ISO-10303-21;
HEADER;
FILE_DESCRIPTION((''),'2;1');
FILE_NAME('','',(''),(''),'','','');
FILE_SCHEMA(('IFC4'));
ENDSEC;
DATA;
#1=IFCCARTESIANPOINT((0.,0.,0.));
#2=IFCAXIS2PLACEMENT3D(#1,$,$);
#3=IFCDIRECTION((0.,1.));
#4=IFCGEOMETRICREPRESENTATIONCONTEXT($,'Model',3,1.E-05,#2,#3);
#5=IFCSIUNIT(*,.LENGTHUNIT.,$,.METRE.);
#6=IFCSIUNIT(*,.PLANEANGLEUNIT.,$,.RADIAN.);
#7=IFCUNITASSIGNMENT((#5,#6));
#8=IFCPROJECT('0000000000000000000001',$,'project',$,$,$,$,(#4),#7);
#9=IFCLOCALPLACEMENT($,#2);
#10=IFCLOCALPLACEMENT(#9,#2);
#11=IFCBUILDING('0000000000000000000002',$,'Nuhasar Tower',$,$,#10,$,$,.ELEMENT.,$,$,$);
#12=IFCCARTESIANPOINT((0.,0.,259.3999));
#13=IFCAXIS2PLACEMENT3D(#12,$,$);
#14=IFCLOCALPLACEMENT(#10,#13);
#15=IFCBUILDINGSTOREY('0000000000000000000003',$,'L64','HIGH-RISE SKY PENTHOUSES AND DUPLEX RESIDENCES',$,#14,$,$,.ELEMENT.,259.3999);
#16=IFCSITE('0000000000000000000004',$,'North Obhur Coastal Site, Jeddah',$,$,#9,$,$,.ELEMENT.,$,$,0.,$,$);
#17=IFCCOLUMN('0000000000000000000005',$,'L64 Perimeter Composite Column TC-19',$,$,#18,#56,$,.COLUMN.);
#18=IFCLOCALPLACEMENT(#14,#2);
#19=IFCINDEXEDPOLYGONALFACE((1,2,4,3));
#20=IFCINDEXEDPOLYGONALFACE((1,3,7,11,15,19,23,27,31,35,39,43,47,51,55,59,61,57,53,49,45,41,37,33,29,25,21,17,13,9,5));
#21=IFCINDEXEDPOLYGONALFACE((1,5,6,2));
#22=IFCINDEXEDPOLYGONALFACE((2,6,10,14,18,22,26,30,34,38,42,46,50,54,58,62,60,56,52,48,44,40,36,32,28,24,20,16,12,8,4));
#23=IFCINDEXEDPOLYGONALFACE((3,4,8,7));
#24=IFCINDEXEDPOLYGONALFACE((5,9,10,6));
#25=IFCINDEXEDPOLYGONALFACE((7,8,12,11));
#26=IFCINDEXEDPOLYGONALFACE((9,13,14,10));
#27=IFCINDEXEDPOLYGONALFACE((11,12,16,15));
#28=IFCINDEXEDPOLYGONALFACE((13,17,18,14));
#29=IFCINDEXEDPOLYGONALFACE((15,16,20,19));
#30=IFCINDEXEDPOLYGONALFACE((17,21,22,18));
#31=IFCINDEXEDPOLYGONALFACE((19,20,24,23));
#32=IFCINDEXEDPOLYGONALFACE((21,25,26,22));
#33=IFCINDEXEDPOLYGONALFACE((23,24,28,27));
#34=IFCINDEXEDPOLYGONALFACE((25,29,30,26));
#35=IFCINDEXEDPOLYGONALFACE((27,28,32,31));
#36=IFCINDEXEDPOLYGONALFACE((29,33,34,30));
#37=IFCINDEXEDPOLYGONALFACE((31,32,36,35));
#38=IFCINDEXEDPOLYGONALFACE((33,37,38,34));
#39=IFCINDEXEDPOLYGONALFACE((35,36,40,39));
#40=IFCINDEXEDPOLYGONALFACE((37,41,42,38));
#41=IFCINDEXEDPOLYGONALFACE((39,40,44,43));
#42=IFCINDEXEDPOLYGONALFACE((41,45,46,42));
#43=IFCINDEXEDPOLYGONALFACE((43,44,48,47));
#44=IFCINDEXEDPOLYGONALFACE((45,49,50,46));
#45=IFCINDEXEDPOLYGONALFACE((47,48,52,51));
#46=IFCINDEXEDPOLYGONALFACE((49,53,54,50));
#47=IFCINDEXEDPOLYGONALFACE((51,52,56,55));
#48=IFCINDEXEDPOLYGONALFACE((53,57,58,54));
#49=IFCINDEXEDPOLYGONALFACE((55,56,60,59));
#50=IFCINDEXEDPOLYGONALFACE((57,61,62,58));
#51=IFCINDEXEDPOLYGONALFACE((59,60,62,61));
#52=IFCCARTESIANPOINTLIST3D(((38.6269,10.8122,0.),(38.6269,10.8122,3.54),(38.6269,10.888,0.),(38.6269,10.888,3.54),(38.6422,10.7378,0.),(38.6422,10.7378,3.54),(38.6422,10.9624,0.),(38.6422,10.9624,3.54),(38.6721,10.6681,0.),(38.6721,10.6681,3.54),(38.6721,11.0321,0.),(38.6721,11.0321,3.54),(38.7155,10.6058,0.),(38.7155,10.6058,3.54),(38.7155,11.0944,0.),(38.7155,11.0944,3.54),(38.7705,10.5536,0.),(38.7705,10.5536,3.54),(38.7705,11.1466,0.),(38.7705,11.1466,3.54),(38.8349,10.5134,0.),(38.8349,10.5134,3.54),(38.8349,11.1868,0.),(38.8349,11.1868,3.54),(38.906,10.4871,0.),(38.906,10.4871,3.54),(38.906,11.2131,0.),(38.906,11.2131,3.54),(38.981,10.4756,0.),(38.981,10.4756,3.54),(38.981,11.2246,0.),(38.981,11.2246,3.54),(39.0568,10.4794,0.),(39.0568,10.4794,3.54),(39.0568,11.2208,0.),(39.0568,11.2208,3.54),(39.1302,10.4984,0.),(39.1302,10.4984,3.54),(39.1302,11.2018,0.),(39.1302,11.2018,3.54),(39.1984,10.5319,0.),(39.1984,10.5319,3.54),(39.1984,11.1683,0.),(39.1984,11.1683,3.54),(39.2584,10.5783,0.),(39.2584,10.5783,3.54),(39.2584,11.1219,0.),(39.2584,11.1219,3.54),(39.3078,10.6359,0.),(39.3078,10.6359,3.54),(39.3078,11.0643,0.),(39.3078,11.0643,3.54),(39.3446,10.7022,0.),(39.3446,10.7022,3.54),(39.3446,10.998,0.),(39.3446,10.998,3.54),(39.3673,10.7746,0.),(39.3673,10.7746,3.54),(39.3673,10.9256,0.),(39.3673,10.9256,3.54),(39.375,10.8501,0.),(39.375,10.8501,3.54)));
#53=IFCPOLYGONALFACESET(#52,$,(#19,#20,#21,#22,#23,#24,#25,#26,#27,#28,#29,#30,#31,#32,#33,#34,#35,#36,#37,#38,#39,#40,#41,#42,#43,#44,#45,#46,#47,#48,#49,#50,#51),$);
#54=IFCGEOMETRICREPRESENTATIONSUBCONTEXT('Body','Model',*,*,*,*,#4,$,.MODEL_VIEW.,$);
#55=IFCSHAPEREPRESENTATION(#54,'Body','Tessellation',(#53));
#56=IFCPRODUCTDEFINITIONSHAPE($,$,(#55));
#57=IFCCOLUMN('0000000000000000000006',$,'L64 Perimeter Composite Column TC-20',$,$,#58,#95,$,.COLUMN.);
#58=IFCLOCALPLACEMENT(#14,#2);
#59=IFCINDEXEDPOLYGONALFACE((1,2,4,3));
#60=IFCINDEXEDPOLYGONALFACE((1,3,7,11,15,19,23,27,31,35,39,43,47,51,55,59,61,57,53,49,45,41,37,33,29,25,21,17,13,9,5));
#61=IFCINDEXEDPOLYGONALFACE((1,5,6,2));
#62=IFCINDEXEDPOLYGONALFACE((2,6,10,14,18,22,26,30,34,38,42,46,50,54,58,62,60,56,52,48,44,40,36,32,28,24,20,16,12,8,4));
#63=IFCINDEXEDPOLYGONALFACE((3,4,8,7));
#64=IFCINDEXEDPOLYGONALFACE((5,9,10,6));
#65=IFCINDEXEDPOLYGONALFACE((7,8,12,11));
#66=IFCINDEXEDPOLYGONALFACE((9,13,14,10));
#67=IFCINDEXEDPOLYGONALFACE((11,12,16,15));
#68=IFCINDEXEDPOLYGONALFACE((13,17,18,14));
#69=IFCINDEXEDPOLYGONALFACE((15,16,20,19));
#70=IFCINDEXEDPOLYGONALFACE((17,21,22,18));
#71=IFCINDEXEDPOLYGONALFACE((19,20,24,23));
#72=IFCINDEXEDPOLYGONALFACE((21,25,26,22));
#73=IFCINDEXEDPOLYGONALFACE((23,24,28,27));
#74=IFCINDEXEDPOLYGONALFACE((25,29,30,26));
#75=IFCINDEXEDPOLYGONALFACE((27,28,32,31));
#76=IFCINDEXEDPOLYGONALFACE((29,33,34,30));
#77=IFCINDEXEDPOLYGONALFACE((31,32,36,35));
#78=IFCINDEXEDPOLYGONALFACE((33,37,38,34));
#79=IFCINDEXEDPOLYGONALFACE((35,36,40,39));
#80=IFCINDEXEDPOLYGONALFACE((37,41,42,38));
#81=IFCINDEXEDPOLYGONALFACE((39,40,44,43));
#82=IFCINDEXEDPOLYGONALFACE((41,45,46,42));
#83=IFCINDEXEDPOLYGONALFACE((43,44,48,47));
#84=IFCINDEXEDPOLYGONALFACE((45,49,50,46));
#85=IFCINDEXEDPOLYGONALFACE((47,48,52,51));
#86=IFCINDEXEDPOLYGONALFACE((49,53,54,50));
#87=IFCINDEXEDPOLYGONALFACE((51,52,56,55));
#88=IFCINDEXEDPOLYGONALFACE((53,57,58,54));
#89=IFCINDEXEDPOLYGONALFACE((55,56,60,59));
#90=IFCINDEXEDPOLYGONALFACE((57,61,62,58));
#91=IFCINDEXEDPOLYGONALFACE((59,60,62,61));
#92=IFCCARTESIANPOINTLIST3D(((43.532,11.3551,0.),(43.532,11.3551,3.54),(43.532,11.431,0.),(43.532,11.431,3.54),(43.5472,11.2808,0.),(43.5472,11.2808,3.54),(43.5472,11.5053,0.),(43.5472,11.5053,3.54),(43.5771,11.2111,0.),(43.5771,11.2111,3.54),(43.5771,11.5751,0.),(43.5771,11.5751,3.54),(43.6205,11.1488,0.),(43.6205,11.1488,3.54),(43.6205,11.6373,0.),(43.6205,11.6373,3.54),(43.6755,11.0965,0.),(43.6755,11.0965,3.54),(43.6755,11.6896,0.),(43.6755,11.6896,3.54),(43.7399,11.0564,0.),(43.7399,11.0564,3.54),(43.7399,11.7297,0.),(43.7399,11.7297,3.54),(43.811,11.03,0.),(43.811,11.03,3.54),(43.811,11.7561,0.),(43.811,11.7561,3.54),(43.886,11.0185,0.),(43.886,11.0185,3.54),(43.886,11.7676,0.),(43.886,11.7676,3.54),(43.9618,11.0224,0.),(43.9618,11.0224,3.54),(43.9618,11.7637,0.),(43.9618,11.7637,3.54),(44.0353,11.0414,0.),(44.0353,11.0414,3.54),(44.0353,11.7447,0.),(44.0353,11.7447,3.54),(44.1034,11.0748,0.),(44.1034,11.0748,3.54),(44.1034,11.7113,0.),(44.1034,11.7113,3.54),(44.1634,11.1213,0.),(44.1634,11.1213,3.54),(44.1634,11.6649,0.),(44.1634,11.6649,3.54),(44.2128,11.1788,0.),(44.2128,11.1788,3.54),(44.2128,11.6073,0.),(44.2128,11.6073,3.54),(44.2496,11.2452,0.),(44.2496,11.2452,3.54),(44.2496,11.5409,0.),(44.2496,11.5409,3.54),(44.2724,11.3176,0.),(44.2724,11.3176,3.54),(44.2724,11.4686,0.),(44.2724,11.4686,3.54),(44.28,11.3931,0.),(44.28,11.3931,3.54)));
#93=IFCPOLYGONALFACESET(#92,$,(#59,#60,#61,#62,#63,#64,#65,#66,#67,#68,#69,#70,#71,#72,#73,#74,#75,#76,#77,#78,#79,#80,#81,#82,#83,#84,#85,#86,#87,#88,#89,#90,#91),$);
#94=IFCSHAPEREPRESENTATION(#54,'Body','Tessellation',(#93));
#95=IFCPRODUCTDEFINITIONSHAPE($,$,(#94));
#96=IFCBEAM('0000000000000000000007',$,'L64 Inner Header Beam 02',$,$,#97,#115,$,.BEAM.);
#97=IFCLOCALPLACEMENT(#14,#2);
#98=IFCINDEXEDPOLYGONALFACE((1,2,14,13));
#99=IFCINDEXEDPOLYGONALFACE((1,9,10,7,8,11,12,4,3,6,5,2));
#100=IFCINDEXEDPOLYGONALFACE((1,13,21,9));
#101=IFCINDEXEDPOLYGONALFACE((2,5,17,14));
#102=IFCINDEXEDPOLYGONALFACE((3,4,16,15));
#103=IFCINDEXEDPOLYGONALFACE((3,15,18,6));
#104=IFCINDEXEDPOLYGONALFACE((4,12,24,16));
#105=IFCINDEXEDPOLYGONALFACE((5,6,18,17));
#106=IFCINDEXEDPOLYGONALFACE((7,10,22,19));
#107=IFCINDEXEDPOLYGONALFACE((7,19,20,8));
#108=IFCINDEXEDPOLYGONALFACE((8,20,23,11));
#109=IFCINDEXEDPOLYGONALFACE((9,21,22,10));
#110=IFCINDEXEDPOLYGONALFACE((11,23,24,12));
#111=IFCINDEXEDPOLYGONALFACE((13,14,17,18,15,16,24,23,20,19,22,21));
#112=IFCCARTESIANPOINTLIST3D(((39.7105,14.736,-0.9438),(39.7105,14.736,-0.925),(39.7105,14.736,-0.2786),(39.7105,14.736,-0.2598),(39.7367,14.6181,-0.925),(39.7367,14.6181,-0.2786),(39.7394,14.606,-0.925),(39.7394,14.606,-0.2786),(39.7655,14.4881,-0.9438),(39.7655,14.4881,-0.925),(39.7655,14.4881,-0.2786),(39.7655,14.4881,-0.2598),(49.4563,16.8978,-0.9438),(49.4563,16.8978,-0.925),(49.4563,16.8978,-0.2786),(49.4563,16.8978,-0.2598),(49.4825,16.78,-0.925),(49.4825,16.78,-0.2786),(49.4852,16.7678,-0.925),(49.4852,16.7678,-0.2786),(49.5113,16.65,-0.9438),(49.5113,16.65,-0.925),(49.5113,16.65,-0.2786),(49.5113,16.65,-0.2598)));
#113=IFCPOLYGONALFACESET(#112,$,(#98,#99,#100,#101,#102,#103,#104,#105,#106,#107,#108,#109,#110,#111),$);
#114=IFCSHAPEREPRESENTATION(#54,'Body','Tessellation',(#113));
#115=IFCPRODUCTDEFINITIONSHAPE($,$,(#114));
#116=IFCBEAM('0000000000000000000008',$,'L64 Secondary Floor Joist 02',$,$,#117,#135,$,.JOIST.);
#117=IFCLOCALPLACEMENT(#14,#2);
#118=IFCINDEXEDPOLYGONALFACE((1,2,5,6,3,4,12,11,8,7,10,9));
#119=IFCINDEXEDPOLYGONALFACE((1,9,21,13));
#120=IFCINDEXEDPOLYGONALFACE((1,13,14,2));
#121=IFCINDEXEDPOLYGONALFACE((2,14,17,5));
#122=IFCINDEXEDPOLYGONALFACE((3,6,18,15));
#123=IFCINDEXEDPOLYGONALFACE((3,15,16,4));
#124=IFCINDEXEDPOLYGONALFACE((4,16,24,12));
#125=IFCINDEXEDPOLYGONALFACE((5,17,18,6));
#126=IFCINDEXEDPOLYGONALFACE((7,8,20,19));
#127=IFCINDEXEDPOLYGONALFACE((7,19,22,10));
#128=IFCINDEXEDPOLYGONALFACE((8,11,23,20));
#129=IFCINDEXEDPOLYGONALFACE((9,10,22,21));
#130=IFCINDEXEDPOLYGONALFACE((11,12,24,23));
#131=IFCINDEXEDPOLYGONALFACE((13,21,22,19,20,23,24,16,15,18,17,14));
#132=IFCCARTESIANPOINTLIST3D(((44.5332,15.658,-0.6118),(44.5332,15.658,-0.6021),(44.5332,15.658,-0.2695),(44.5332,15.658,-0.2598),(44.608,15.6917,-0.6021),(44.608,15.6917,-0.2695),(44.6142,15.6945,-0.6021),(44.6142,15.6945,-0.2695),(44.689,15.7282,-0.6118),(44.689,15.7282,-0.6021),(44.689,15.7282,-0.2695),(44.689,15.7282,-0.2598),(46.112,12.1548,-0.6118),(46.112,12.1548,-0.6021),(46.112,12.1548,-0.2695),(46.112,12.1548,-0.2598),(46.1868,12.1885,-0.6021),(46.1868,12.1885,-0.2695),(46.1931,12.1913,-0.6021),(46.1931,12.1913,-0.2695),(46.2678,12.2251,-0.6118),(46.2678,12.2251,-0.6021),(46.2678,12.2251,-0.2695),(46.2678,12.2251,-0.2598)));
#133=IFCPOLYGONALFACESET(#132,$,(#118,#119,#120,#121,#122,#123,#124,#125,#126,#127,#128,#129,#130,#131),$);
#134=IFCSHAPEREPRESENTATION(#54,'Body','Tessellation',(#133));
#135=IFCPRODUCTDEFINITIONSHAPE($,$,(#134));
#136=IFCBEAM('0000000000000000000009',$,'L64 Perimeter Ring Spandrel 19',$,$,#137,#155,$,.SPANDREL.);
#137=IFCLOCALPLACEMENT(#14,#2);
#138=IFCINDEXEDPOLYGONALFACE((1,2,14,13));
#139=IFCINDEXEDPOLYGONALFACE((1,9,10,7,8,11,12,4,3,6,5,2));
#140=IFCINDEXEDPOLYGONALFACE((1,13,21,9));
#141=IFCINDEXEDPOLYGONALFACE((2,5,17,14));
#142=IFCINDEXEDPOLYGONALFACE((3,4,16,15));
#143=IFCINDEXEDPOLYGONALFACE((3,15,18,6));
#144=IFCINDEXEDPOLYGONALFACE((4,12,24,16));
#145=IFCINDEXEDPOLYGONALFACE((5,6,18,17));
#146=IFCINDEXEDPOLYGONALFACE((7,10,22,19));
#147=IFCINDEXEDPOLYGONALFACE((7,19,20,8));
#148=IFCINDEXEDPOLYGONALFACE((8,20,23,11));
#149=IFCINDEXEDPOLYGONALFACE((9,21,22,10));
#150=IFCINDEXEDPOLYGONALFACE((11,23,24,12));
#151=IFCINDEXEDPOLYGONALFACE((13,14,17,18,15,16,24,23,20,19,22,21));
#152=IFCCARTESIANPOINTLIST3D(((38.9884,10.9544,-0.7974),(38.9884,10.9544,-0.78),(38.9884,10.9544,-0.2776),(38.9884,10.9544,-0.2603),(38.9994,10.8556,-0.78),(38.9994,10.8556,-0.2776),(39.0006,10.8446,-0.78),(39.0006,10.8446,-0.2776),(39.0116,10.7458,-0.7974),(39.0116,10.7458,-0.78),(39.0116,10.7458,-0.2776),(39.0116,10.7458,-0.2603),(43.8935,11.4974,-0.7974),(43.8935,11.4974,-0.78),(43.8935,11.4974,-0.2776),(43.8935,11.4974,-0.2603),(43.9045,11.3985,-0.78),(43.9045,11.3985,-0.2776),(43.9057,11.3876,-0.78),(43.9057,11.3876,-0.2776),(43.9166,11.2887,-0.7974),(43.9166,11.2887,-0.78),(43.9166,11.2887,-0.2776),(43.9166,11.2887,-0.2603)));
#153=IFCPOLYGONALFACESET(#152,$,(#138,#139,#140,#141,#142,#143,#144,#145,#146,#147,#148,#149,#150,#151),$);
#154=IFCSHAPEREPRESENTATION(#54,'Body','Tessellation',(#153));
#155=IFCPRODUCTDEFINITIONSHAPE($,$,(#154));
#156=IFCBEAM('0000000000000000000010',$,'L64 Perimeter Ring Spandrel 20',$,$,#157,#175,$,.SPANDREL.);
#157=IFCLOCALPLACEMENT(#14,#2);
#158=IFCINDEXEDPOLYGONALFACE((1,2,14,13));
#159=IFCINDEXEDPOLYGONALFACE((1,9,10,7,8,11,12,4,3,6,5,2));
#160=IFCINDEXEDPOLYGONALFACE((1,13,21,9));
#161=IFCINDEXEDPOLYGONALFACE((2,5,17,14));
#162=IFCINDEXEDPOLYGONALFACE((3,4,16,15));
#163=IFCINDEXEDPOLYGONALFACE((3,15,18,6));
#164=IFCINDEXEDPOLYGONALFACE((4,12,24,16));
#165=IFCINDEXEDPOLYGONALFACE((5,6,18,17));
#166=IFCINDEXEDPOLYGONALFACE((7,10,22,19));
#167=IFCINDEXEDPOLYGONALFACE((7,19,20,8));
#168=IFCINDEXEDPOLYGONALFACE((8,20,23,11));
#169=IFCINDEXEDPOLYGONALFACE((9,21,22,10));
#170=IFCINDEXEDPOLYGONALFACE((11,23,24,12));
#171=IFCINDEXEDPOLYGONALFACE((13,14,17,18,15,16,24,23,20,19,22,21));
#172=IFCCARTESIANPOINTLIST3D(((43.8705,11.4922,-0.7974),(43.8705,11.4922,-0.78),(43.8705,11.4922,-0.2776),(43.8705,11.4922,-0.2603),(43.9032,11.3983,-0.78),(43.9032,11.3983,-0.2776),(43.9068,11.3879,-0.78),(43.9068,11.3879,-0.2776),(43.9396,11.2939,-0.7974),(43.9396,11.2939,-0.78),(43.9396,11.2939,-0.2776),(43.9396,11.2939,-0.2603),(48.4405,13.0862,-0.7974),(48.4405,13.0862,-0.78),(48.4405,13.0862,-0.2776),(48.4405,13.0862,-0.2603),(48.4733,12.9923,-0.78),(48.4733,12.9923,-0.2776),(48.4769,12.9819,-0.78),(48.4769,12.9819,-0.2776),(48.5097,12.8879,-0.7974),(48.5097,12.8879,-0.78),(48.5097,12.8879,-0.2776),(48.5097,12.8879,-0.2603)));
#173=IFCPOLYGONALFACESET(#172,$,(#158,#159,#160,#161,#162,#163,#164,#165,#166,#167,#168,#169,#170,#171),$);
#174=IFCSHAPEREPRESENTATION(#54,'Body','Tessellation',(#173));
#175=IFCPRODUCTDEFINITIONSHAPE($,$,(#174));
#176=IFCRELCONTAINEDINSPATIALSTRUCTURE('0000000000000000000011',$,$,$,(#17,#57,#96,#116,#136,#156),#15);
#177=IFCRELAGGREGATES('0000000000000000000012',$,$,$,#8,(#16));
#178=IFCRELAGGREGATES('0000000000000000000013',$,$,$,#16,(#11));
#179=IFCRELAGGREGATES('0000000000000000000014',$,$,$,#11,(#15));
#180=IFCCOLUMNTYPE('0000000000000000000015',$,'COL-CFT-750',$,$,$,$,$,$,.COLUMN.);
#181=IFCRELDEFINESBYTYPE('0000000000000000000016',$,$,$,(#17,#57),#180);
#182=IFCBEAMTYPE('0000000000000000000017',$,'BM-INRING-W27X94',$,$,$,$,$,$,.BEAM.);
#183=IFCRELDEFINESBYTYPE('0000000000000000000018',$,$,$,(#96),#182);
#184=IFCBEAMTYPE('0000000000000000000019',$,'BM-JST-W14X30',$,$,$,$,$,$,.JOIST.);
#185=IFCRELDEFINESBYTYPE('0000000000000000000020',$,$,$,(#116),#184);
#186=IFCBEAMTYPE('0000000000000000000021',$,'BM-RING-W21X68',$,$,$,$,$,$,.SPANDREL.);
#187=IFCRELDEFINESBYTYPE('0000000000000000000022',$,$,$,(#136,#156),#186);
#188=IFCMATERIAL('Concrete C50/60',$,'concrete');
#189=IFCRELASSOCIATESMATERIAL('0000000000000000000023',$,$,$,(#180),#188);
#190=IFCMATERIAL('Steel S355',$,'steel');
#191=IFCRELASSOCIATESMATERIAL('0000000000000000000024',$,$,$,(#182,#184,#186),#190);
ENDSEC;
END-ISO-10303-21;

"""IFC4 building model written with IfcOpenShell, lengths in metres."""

from ifc_helpers import new_model, si_unit, direction, frame, origin, origin_2d, place, context, subcontext, project, spatial, circle, i_section, extrude, material, material_profile, profile_set, type_object, element, save


model = new_model("IFC4")

# Units and contexts
model_context = context("Model", 3, precision=1e-05, world=origin(), true_north=direction((0.0, 1.0)))
body_context = subcontext(model_context, "Body", "Model", "MODEL_VIEW")
ifc_project = project(units=[si_unit("LENGTHUNIT", "METRE"), si_unit("PLANEANGLEUNIT", "RADIAN")], contexts=[model_context])

# Site, building, storey
site_placement = place(None, origin())
site = spatial("IfcSite", under=ifc_project, at=site_placement, Name="North Obhur Coastal Site, Jeddah", CompositionType="ELEMENT", RefElevation=0.0)
building_placement = place(site_placement, origin())
building = spatial("IfcBuilding", under=site, at=building_placement, Name="Nuhasar Tower", CompositionType="ELEMENT")
storey_placement = place(building_placement, frame((0.0, 0.0, 259.3999)))
storey = spatial("IfcBuildingStorey", under=building, at=storey_placement, Name="L64", Description="HIGH-RISE SKY PENTHOUSES AND DUPLEX RESIDENCES", CompositionType="ELEMENT", Elevation=259.3999)

# Columns
ifc_material_1 = material(Name="Concrete C50/60", Category="concrete")
ifc_material_profile_1 = material_profile(ifc_material_1, circle(Radius=0.375, at=origin_2d()), Name="CFT750")
ifc_profile_set_1 = profile_set([ifc_material_profile_1], Name="Concrete C50/60")
column_type = type_object("IfcColumnType", Name="COL-CFT-750", PredefinedType="COLUMN", material=ifc_profile_set_1)
for number, where, z_axis, x_axis, name in (
    (1, (39.0, 10.8501, 0.0), (0.0, 0.0, 1.0), (1.0, 0.0, 0.0), "L64 Perimeter Composite Column TC-19"),
    (2, (43.905, 11.3931, 0.0), (0.0, 0.0, 1.0), (1.0, 0.0, 0.0), "L64 Perimeter Composite Column TC-20"),
):
    element("IfcColumn", number, at=place(storey_placement, frame(where, z_axis=z_axis, x_axis=x_axis)), inside=storey, type_object=column_type, Name=name, PredefinedType="COLUMN", context=body_context, shape_type="SweptSolid", body=[
        extrude(circle(Radius=0.375, at=origin_2d()), origin(), (0.0, 0.0, 1.0), 3.54),
    ])

# Beams
ifc_material_2 = material(Name="Steel S355", Category="steel")
ifc_material_profile_2 = material_profile(ifc_material_2, i_section(OverallWidth=0.2539, OverallDepth=0.6841, WebThickness=0.0125, FlangeThickness=0.0188, at=origin_2d()), Name="W27X94")
ifc_profile_set_2 = profile_set([ifc_material_profile_2], Name="Steel S355")
beam_type_1 = type_object("IfcBeamType", Name="BM-INRING-W27X94", PredefinedType="BEAM", material=ifc_profile_set_2)
beam_1_placement = place(storey_placement, frame((39.738, 14.6121, -0.6018), z_axis=(0.976269, 0.21656, 0.0), x_axis=(-0.21656, 0.976269, 0.0)))
element("IfcBeam", 3, at=beam_1_placement, inside=storey, type_object=beam_type_1, Name="L64 Inner Header Beam 02", PredefinedType="BEAM", context=body_context, shape_type="SweptSolid", body=[
    extrude(i_section(OverallWidth=0.2539, OverallDepth=0.6841, WebThickness=0.0125, FlangeThickness=0.0188, at=origin_2d()), origin(), (0.0, 0.0, 1.0), 9.9827),
])
ifc_material_profile_3 = material_profile(ifc_material_2, i_section(OverallWidth=0.1709, OverallDepth=0.3521, WebThickness=0.0068, FlangeThickness=0.0098, at=origin_2d()), Name="W14X30")
ifc_profile_set_3 = profile_set([ifc_material_profile_3], Name="Steel S355")
beam_type_2 = type_object("IfcBeamType", Name="BM-JST-W14X30", PredefinedType="JOIST", material=ifc_profile_set_3)
beam_2_placement = place(storey_placement, frame((44.6111, 15.6931, -0.4358), z_axis=(0.41089, -0.911685, 0.0), x_axis=(0.911685, 0.41089, 0.0)))
element("IfcBeam", 4, at=beam_2_placement, inside=storey, type_object=beam_type_2, Name="L64 Secondary Floor Joist 02", PredefinedType="JOIST", context=body_context, shape_type="SweptSolid", body=[
    extrude(i_section(OverallWidth=0.1709, OverallDepth=0.3521, WebThickness=0.0068, FlangeThickness=0.0098, at=origin_2d()), origin(), (0.0, 0.0, 1.0), 3.8425),
])
ifc_material_profile_4 = material_profile(ifc_material_2, i_section(OverallWidth=0.21, OverallDepth=0.5371, WebThickness=0.011, FlangeThickness=0.0173, at=origin_2d()), Name="W21X68")
ifc_profile_set_4 = profile_set([ifc_material_profile_4], Name="Steel S355")
beam_type_3 = type_object("IfcBeamType", Name="BM-RING-W21X68", PredefinedType="SPANDREL", material=ifc_profile_set_4)
beam_3_placement = place(storey_placement, frame((39.0, 10.8501, -0.5288), z_axis=(0.993929, 0.110024, 0.0), x_axis=(-0.110024, 0.993929, 0.0)))
element("IfcBeam", 5, at=beam_3_placement, inside=storey, type_object=beam_type_3, Name="L64 Perimeter Ring Spandrel 19", PredefinedType="SPANDREL", context=body_context, shape_type="SweptSolid", body=[
    extrude(i_section(OverallWidth=0.21, OverallDepth=0.5371, WebThickness=0.011, FlangeThickness=0.0173, at=origin_2d()), origin(), (0.0, 0.0, 1.0), 4.9351),
])
beam_4_placement = place(storey_placement, frame((43.905, 11.3931, -0.5288), z_axis=(0.944214, 0.329332, 0.0), x_axis=(-0.329332, 0.944214, 0.0)))
element("IfcBeam", 6, at=beam_4_placement, inside=storey, type_object=beam_type_3, Name="L64 Perimeter Ring Spandrel 20", PredefinedType="SPANDREL", context=body_context, shape_type="SweptSolid", body=[
    extrude(i_section(OverallWidth=0.21, OverallDepth=0.5371, WebThickness=0.011, FlangeThickness=0.0173, at=origin_2d()), origin(), (0.0, 0.0, 1.0), 4.8401),
])

save(model, "model.ifc")
